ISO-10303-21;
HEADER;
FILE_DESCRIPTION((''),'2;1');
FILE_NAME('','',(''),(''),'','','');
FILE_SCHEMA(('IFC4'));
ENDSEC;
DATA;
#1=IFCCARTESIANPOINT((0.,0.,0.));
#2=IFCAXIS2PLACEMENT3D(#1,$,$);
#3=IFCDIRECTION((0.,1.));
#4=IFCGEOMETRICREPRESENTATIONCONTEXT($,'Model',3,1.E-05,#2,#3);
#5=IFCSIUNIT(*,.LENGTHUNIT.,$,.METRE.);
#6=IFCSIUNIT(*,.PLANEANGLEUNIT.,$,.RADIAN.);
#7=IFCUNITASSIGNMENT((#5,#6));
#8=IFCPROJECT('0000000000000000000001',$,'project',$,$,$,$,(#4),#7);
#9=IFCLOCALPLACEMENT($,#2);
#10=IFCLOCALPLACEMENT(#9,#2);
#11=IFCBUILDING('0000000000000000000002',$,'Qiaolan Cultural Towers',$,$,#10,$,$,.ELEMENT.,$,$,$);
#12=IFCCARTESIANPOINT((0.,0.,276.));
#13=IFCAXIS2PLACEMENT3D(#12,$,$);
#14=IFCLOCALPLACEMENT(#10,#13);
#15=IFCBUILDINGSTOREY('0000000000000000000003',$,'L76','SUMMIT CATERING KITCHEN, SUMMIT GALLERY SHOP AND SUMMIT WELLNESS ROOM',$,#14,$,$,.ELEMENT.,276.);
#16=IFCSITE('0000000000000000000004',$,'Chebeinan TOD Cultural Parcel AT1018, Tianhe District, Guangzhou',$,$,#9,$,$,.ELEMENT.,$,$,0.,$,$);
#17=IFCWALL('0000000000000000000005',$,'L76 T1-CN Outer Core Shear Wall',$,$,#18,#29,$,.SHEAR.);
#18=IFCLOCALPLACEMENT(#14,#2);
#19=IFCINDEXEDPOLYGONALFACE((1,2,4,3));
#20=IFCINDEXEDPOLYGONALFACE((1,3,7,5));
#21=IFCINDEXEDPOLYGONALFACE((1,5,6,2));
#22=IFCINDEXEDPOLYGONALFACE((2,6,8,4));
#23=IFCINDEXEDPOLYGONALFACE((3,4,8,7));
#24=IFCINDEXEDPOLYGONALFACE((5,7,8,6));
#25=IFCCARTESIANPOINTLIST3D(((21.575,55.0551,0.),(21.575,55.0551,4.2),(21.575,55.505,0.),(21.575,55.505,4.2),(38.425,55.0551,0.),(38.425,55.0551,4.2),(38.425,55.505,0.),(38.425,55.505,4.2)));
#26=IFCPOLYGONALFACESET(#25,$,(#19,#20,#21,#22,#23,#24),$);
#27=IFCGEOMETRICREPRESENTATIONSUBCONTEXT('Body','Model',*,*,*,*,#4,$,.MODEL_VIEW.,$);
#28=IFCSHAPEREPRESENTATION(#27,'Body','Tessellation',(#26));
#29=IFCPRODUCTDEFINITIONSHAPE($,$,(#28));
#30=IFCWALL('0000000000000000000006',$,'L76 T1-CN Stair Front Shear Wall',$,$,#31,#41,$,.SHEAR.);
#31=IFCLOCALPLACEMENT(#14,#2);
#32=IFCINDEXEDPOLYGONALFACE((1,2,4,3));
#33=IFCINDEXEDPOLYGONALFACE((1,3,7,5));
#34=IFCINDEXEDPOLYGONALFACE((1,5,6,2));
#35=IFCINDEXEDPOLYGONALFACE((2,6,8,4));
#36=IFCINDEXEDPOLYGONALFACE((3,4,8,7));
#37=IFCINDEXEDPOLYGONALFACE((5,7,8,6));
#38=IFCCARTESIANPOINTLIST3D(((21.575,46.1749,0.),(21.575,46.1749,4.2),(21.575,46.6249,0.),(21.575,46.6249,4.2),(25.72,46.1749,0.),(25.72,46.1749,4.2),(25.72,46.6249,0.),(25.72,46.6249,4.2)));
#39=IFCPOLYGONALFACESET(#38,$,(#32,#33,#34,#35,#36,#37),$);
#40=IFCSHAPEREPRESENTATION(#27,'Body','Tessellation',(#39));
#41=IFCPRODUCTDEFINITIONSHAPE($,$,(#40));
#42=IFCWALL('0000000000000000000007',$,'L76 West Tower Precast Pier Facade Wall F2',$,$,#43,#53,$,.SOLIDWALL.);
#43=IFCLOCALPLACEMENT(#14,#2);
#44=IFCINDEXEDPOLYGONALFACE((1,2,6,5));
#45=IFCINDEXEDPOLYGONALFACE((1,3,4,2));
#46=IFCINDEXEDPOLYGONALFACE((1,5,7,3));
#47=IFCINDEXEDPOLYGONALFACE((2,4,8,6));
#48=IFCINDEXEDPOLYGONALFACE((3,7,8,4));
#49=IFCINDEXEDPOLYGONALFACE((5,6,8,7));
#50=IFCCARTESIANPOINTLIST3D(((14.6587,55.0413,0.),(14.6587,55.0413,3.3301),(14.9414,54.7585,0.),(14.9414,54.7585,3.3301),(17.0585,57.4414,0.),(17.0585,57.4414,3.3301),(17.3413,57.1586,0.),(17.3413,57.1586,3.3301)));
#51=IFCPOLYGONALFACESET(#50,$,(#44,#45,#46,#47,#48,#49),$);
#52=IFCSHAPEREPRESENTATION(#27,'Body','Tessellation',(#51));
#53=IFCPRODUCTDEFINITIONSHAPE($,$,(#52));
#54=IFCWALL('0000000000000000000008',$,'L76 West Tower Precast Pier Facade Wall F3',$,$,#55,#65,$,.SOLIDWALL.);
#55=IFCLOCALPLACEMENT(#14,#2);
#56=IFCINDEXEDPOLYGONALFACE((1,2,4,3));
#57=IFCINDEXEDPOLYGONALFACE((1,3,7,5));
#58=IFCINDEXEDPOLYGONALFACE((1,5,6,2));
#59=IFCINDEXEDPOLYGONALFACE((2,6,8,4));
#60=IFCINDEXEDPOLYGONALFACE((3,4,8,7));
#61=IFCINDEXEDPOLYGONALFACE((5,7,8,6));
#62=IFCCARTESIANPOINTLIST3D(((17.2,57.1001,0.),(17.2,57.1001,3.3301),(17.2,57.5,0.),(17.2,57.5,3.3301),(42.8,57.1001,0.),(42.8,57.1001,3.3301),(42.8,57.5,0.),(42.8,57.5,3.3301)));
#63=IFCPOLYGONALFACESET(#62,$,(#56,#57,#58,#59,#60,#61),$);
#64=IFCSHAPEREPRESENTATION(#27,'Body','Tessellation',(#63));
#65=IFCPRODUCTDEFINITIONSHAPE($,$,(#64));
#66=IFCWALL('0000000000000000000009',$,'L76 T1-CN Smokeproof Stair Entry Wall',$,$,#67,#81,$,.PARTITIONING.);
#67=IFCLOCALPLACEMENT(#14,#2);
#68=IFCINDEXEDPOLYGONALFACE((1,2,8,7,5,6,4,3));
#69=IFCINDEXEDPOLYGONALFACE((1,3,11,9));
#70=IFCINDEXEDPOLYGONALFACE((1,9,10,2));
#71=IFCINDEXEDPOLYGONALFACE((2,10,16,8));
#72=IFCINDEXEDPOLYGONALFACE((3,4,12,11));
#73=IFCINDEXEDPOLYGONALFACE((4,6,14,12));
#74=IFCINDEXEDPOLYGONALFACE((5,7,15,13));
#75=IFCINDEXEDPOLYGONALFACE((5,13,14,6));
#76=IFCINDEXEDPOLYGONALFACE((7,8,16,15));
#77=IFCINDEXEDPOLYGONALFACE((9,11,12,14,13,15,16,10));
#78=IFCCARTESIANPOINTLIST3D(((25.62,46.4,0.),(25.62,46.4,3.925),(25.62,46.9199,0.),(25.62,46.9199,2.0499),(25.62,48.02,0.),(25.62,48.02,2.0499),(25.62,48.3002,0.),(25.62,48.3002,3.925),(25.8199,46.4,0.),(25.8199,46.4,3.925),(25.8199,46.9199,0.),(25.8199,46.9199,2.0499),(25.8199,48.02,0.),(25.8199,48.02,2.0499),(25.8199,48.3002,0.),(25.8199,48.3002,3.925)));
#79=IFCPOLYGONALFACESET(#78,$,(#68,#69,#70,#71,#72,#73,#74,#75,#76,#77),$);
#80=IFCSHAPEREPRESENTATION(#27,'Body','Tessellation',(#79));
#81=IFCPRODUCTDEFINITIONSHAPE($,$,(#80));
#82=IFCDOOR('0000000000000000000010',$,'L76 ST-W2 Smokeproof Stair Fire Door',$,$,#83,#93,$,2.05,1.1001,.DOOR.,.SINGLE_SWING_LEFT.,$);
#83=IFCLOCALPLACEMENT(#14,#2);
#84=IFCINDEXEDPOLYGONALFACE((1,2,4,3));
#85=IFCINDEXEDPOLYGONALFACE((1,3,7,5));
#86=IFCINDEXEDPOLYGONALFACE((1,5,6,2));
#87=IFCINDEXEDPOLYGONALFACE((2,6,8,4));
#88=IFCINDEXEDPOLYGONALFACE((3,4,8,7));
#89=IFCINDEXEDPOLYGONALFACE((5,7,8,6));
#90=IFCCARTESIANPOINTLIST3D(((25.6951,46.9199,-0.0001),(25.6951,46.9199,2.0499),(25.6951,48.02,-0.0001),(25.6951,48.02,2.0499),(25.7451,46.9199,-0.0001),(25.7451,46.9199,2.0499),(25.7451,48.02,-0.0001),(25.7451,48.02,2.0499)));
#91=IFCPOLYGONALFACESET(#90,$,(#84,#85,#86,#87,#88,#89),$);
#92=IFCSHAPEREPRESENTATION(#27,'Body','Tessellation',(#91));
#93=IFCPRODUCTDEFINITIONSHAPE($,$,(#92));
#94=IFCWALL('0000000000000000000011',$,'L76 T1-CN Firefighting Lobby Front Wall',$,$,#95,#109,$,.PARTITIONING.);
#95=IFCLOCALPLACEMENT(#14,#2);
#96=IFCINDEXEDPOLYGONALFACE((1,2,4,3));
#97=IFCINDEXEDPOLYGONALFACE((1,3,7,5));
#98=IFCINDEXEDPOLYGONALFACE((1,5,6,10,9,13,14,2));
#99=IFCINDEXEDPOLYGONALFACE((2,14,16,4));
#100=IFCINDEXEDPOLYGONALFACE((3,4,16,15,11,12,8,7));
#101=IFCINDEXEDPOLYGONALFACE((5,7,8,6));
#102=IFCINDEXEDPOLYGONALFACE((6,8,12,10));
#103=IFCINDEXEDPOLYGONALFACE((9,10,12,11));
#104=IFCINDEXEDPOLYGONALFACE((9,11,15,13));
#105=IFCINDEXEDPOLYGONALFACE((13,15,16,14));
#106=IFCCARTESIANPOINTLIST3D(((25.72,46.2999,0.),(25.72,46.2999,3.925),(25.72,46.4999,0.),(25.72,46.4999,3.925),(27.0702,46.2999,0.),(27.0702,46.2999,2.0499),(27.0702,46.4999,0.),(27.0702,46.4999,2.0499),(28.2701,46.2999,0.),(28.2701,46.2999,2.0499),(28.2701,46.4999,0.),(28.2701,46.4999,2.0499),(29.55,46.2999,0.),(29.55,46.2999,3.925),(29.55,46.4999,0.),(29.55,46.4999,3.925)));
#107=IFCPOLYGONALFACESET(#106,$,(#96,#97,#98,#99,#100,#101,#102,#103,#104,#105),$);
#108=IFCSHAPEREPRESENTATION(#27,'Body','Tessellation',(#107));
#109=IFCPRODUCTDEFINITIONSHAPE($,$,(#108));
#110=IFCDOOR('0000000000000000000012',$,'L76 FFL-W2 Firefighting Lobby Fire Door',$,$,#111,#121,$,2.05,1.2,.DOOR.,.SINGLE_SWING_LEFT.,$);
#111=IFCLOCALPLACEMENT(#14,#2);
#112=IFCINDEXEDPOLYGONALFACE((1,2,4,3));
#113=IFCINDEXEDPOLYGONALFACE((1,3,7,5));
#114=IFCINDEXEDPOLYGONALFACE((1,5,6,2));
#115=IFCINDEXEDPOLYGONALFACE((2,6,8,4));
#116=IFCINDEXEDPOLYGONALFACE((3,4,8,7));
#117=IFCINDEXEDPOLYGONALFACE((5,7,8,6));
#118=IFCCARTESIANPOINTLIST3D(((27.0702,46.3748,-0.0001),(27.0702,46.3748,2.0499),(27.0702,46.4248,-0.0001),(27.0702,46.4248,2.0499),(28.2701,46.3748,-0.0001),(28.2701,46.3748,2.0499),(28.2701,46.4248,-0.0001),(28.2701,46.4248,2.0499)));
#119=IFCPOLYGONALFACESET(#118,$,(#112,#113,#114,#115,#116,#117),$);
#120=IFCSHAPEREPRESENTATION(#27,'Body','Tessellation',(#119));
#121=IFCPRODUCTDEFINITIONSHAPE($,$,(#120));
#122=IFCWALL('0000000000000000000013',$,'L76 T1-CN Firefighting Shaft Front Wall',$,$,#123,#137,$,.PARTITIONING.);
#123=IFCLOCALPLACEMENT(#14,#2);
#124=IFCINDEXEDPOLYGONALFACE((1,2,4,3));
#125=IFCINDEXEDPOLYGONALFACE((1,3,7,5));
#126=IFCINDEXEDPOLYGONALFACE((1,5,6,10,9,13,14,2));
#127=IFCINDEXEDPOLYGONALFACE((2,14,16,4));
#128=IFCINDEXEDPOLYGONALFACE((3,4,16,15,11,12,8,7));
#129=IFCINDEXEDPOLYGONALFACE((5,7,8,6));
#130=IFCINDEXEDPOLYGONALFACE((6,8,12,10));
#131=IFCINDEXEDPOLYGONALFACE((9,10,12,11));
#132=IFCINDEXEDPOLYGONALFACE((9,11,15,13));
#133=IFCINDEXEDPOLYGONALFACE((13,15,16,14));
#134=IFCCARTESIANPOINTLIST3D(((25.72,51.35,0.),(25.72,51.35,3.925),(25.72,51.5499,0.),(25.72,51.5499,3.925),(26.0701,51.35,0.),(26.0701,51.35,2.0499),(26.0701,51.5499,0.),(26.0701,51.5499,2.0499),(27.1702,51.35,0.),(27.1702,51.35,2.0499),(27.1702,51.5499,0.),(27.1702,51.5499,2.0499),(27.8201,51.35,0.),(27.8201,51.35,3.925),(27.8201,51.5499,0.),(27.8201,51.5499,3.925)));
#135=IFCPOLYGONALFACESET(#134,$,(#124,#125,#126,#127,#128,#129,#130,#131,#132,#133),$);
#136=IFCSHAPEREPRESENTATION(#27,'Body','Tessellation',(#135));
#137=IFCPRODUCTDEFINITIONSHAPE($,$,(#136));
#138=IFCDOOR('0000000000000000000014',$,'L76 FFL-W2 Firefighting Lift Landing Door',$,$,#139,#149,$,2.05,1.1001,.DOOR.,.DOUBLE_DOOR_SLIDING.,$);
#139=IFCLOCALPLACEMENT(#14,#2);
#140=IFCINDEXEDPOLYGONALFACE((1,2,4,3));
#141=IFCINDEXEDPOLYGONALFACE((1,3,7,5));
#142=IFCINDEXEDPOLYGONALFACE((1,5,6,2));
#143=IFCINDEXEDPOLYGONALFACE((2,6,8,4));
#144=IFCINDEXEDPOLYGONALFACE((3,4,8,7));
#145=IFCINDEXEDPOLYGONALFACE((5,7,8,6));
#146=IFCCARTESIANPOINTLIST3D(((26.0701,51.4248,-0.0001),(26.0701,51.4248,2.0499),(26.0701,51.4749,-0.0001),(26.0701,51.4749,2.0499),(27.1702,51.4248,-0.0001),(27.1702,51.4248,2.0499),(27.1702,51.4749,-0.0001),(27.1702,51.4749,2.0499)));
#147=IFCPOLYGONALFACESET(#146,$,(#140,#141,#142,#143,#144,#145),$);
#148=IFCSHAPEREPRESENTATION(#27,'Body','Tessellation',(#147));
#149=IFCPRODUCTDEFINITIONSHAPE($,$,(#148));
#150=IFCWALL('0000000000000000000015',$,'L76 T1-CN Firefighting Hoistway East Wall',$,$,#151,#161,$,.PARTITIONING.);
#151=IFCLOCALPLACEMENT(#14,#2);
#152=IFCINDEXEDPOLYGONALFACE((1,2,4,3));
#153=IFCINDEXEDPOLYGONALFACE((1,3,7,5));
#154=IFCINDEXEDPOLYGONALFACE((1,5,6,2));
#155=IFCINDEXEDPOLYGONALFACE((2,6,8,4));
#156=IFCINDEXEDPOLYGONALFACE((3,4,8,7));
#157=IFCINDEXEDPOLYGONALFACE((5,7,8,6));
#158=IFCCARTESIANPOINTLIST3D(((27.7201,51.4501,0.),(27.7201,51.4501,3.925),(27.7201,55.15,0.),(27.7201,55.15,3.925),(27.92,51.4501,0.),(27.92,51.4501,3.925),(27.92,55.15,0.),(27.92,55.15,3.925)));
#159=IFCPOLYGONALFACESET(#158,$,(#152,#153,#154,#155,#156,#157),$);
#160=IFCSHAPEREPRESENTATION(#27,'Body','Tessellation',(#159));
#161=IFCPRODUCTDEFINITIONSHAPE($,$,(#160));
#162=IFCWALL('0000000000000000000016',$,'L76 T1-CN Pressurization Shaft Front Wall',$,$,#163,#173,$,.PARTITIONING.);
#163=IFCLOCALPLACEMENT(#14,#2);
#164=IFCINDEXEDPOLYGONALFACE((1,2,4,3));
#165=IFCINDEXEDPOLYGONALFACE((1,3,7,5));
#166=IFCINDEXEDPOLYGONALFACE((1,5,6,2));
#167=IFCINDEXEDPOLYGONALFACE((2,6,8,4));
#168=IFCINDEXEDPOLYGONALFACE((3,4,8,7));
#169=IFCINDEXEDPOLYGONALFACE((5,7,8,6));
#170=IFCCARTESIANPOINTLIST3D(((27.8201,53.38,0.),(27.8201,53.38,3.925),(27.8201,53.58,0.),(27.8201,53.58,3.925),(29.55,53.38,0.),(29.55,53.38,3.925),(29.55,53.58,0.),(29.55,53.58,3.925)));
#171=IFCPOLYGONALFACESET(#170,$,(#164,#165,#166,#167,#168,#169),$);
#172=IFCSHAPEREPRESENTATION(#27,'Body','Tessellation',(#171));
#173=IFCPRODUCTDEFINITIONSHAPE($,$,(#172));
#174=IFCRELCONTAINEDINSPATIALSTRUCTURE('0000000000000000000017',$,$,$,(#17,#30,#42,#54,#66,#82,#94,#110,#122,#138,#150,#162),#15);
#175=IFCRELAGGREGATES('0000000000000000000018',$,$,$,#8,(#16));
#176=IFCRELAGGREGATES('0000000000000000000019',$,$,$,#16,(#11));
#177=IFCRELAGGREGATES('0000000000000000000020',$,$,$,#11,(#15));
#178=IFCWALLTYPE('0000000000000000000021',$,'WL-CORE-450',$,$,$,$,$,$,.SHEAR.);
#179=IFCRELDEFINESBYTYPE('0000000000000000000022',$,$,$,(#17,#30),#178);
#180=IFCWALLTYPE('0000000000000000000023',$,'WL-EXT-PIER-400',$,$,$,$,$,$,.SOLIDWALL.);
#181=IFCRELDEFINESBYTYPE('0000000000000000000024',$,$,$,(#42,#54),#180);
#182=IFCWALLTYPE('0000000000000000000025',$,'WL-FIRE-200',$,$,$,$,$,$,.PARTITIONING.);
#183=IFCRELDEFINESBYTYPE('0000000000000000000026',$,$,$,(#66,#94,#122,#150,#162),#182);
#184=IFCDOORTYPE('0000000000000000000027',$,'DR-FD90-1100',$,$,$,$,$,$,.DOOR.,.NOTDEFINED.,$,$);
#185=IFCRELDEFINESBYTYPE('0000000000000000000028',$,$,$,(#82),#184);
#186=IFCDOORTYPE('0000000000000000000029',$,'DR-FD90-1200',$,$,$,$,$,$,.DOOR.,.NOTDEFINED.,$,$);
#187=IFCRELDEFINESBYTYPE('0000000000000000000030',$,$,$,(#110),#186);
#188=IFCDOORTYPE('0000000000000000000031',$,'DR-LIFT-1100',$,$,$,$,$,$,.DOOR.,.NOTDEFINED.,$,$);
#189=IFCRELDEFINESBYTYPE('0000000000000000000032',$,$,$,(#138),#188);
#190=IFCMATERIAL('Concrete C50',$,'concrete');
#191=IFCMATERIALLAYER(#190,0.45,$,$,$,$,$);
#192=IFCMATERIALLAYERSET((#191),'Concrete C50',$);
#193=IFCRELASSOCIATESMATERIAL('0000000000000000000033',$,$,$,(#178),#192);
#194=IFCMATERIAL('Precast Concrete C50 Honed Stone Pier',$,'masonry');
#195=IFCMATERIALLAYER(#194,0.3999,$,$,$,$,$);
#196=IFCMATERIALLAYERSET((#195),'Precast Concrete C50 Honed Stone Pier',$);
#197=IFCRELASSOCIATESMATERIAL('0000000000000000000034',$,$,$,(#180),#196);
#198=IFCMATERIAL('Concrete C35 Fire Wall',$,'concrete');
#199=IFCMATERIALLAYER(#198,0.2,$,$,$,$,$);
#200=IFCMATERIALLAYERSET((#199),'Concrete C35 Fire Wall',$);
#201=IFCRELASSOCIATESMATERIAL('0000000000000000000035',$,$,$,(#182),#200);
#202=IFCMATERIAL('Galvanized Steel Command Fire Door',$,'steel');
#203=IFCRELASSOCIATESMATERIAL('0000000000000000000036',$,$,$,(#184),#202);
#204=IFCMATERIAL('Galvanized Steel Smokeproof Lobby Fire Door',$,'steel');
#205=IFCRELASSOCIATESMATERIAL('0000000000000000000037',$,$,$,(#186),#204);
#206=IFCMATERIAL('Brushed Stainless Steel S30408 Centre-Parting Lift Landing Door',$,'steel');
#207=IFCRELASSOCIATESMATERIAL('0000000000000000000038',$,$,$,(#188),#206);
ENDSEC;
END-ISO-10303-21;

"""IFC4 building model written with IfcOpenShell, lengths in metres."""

from ifc_helpers import new_model, si_unit, direction, frame, frame_2d, origin, place, context, subcontext, project, spatial, rectangle, extrude, material, layer, layer_set, type_object, element, fill, save


model = new_model("IFC4")

# Units and contexts
model_context = context("Model", 3, precision=1e-05, world=origin(), true_north=direction((0.0, 1.0)))
body_context = subcontext(model_context, "Body", "Model", "MODEL_VIEW")
ifc_project = project(units=[si_unit("LENGTHUNIT", "METRE"), si_unit("PLANEANGLEUNIT", "RADIAN")], contexts=[model_context])

# Site, building, storey
site_placement = place(None, origin())
site = spatial("IfcSite", under=ifc_project, at=site_placement, Name="Chebeinan TOD Cultural Parcel AT1018, Tianhe District, Guangzhou", CompositionType="ELEMENT", RefElevation=0.0)
building_placement = place(site_placement, origin())
building = spatial("IfcBuilding", under=site, at=building_placement, Name="Qiaolan Cultural Towers", CompositionType="ELEMENT")
storey_placement = place(building_placement, frame((0.0, 0.0, 276.0)))
storey = spatial("IfcBuildingStorey", under=building, at=storey_placement, Name="L76", Description="SUMMIT CATERING KITCHEN, SUMMIT GALLERY SHOP AND SUMMIT WELLNESS ROOM", CompositionType="ELEMENT", Elevation=276.0)

# Walls
ifc_material_1 = material(Name="Concrete C50", Category="concrete")
ifc_layer_1 = layer(ifc_material_1, 0.45)
ifc_layer_set_1 = layer_set([ifc_layer_1], Name="Concrete C50")
wall_type_1 = type_object("IfcWallType", Name="WL-CORE-450", PredefinedType="SHEAR", material=ifc_layer_set_1)
wall_1_placement = place(storey_placement, frame((21.575, 55.28, 0.0), z_axis=(0.0, 0.0, 1.0), x_axis=(1.0, 0.0, 0.0)))
element("IfcWall", 1, at=wall_1_placement, inside=storey, type_object=wall_type_1, Name="L76 T1-CN Outer Core Shear Wall", PredefinedType="SHEAR", context=body_context, shape_type="SweptSolid", body=[
    extrude(rectangle(XDim=16.8501, YDim=0.45, at=frame_2d((8.425, 0.0))), origin(), (0.0, 0.0, 1.0), 4.2),
])
wall_2_placement = place(storey_placement, frame((21.575, 46.3999, 0.0), z_axis=(0.0, 0.0, 1.0), x_axis=(1.0, 0.0, 0.0)))
element("IfcWall", 2, at=wall_2_placement, inside=storey, type_object=wall_type_1, Name="L76 T1-CN Stair Front Shear Wall", PredefinedType="SHEAR", context=body_context, shape_type="SweptSolid", body=[
    extrude(rectangle(XDim=4.145, YDim=0.45, at=frame_2d((2.0725, 0.0))), origin(), (0.0, 0.0, 1.0), 4.2),
])
ifc_material_2 = material(Name="Precast Concrete C50 Honed Stone Pier", Category="masonry")
ifc_layer_2 = layer(ifc_material_2, 0.3999)
ifc_layer_set_2 = layer_set([ifc_layer_2], Name="Precast Concrete C50 Honed Stone Pier")
wall_type_2 = type_object("IfcWallType", Name="WL-EXT-PIER-400", PredefinedType="SOLIDWALL", material=ifc_layer_set_2)
wall_3_placement = place(storey_placement, frame((14.8, 54.8999, 0.0), z_axis=(0.0, 0.0, 1.0), x_axis=(0.707071, 0.707143, 0.0)))
element("IfcWall", 3, at=wall_3_placement, inside=storey, type_object=wall_type_2, Name="L76 West Tower Precast Pier Facade Wall F2", PredefinedType="SOLIDWALL", context=body_context, shape_type="SweptSolid", body=[
    extrude(rectangle(XDim=3.394, YDim=0.3999, at=frame_2d((1.697, 0.0))), origin(), (0.0, 0.0, 1.0), 3.3301),
])
wall_4_placement = place(storey_placement, frame((17.2, 57.3, 0.0), z_axis=(0.0, 0.0, 1.0), x_axis=(1.0, 0.0, 0.0)))
element("IfcWall", 4, at=wall_4_placement, inside=storey, type_object=wall_type_2, Name="L76 West Tower Precast Pier Facade Wall F3", PredefinedType="SOLIDWALL", context=body_context, shape_type="SweptSolid", body=[
    extrude(rectangle(XDim=25.6001, YDim=0.3999, at=frame_2d((12.8, 0.0))), origin(), (0.0, 0.0, 1.0), 3.3301),
])

# Walls, openings, doors
ifc_material_3 = material(Name="Concrete C35 Fire Wall", Category="concrete")
ifc_layer_3 = layer(ifc_material_3, 0.2)
ifc_layer_set_3 = layer_set([ifc_layer_3], Name="Concrete C35 Fire Wall")
wall_type_3 = type_object("IfcWallType", Name="WL-FIRE-200", PredefinedType="PARTITIONING", material=ifc_layer_set_3)
wall_5_placement = place(storey_placement, frame((25.72, 46.3999, 0.0), z_axis=(0.0, 0.0, 1.0), x_axis=(0.0, 1.0, 0.0)))
wall_5 = element("IfcWall", 5, at=wall_5_placement, inside=storey, type_object=wall_type_3, Name="L76 T1-CN Smokeproof Stair Entry Wall", PredefinedType="PARTITIONING", context=body_context, shape_type="SweptSolid", body=[
    extrude(rectangle(XDim=1.9001, YDim=0.2, at=frame_2d((0.9502, 0.0))), origin(), (0.0, 0.0, 1.0), 3.925),
])
opening_1_placement = place(wall_5_placement, frame((0.52, 0.0, 0.0)))
opening_1 = element("IfcOpeningElement", 6, at=opening_1_placement, cuts=wall_5, PredefinedType="OPENING", context=body_context, shape_type="SweptSolid", body=[
    extrude(rectangle(XDim=1.1001, YDim=2.05, at=frame_2d((0.55, 1.0249))), frame((0.0, 0.1099, 0.0), z_axis=(0.0, -1.0, 0.0), x_axis=(1.0, 0.0, 0.0)), (0.0, 0.0, 1.0), 0.22),
])
ifc_material_4 = material(Name="Galvanized Steel Command Fire Door", Category="steel")
door_type_1 = type_object("IfcDoorType", Name="DR-FD90-1100", OperationType="NOTDEFINED", PredefinedType="DOOR", material=ifc_material_4)
door_1_placement = place(opening_1_placement, origin())
door_1 = element("IfcDoor", 7, at=door_1_placement, inside=storey, type_object=door_type_1, Name="L76 ST-W2 Smokeproof Stair Fire Door", OperationType="SINGLE_SWING_LEFT", OverallHeight=2.05, OverallWidth=1.1001, PredefinedType="DOOR", context=body_context, shape_type="SweptSolid", body=[
    extrude(rectangle(XDim=1.1001, YDim=2.05, at=frame_2d((0.55, 1.0249))), frame((0.0, 0.0249, 0.0), z_axis=(0.0, -1.0, 0.0), x_axis=(1.0, 0.0, 0.0)), (0.0, 0.0, 1.0), 0.05),
])
fill(opening_1, door_1)
wall_6_placement = place(storey_placement, frame((25.72, 46.3999, 0.0), z_axis=(0.0, 0.0, 1.0), x_axis=(1.0, 0.0, 0.0)))
wall_6 = element("IfcWall", 8, at=wall_6_placement, inside=storey, type_object=wall_type_3, Name="L76 T1-CN Firefighting Lobby Front Wall", PredefinedType="PARTITIONING", context=body_context, shape_type="SweptSolid", body=[
    extrude(rectangle(XDim=3.8301, YDim=0.2, at=frame_2d((1.915, 0.0))), origin(), (0.0, 0.0, 1.0), 3.925),
])
opening_2_placement = place(wall_6_placement, frame((1.3501, 0.0, 0.0)))
opening_2 = element("IfcOpeningElement", 9, at=opening_2_placement, cuts=wall_6, PredefinedType="OPENING", context=body_context, shape_type="SweptSolid", body=[
    extrude(rectangle(XDim=1.2, YDim=2.05, at=frame_2d((0.6001, 1.0249))), frame((0.0, 0.1099, 0.0), z_axis=(0.0, -1.0, 0.0), x_axis=(1.0, 0.0, 0.0)), (0.0, 0.0, 1.0), 0.22),
])
ifc_material_5 = material(Name="Galvanized Steel Smokeproof Lobby Fire Door", Category="steel")
door_type_2 = type_object("IfcDoorType", Name="DR-FD90-1200", OperationType="NOTDEFINED", PredefinedType="DOOR", material=ifc_material_5)
door_2_placement = place(opening_2_placement, origin())
door_2 = element("IfcDoor", 10, at=door_2_placement, inside=storey, type_object=door_type_2, Name="L76 FFL-W2 Firefighting Lobby Fire Door", OperationType="SINGLE_SWING_LEFT", OverallHeight=2.05, OverallWidth=1.2, PredefinedType="DOOR", context=body_context, shape_type="SweptSolid", body=[
    extrude(rectangle(XDim=1.2, YDim=2.05, at=frame_2d((0.6001, 1.0249))), frame((0.0, 0.0249, 0.0), z_axis=(0.0, -1.0, 0.0), x_axis=(1.0, 0.0, 0.0)), (0.0, 0.0, 1.0), 0.05),
])
fill(opening_2, door_2)
wall_7_placement = place(storey_placement, frame((25.72, 51.45, 0.0), z_axis=(0.0, 0.0, 1.0), x_axis=(1.0, 0.0, 0.0)))
wall_7 = element("IfcWall", 11, at=wall_7_placement, inside=storey, type_object=wall_type_3, Name="L76 T1-CN Firefighting Shaft Front Wall", PredefinedType="PARTITIONING", context=body_context, shape_type="SweptSolid", body=[
    extrude(rectangle(XDim=2.1001, YDim=0.2, at=frame_2d((1.05, 0.0))), origin(), (0.0, 0.0, 1.0), 3.925),
])
opening_3_placement = place(wall_7_placement, frame((0.3501, 0.0, 0.0)))
opening_3 = element("IfcOpeningElement", 12, at=opening_3_placement, cuts=wall_7, PredefinedType="OPENING", context=body_context, shape_type="SweptSolid", body=[
    extrude(rectangle(XDim=1.1001, YDim=2.05, at=frame_2d((0.55, 1.0249))), frame((0.0, 0.1099, 0.0), z_axis=(0.0, -1.0, 0.0), x_axis=(1.0, 0.0, 0.0)), (0.0, 0.0, 1.0), 0.22),
])
ifc_material_6 = material(Name="Brushed Stainless Steel S30408 Centre-Parting Lift Landing Door", Category="steel")
door_type_3 = type_object("IfcDoorType", Name="DR-LIFT-1100", OperationType="NOTDEFINED", PredefinedType="DOOR", material=ifc_material_6)
door_3_placement = place(opening_3_placement, origin())
door_3 = element("IfcDoor", 13, at=door_3_placement, inside=storey, type_object=door_type_3, Name="L76 FFL-W2 Firefighting Lift Landing Door", OperationType="DOUBLE_DOOR_SLIDING", OverallHeight=2.05, OverallWidth=1.1001, PredefinedType="DOOR", context=body_context, shape_type="SweptSolid", body=[
    extrude(rectangle(XDim=1.1001, YDim=2.05, at=frame_2d((0.55, 1.0249))), frame((0.0, 0.0249, 0.0), z_axis=(0.0, -1.0, 0.0), x_axis=(1.0, 0.0, 0.0)), (0.0, 0.0, 1.0), 0.05),
])
fill(opening_3, door_3)

# Walls
wall_8_placement = place(storey_placement, frame((27.8201, 51.45, 0.0), z_axis=(0.0, 0.0, 1.0), x_axis=(0.0, 1.0, 0.0)))
element("IfcWall", 14, at=wall_8_placement, inside=storey, type_object=wall_type_3, Name="L76 T1-CN Firefighting Hoistway East Wall", PredefinedType="PARTITIONING", context=body_context, shape_type="SweptSolid", body=[
    extrude(rectangle(XDim=3.7, YDim=0.2, at=frame_2d((1.8501, 0.0))), origin(), (0.0, 0.0, 1.0), 3.925),
])
wall_9_placement = place(storey_placement, frame((27.8201, 53.48, 0.0), z_axis=(0.0, 0.0, 1.0), x_axis=(1.0, 0.0, 0.0)))
element("IfcWall", 15, at=wall_9_placement, inside=storey, type_object=wall_type_3, Name="L76 T1-CN Pressurization Shaft Front Wall", PredefinedType="PARTITIONING", context=body_context, shape_type="SweptSolid", body=[
    extrude(rectangle(XDim=1.73, YDim=0.2, at=frame_2d((0.865, 0.0))), origin(), (0.0, 0.0, 1.0), 3.925),
])

save(model, "model.ifc")
